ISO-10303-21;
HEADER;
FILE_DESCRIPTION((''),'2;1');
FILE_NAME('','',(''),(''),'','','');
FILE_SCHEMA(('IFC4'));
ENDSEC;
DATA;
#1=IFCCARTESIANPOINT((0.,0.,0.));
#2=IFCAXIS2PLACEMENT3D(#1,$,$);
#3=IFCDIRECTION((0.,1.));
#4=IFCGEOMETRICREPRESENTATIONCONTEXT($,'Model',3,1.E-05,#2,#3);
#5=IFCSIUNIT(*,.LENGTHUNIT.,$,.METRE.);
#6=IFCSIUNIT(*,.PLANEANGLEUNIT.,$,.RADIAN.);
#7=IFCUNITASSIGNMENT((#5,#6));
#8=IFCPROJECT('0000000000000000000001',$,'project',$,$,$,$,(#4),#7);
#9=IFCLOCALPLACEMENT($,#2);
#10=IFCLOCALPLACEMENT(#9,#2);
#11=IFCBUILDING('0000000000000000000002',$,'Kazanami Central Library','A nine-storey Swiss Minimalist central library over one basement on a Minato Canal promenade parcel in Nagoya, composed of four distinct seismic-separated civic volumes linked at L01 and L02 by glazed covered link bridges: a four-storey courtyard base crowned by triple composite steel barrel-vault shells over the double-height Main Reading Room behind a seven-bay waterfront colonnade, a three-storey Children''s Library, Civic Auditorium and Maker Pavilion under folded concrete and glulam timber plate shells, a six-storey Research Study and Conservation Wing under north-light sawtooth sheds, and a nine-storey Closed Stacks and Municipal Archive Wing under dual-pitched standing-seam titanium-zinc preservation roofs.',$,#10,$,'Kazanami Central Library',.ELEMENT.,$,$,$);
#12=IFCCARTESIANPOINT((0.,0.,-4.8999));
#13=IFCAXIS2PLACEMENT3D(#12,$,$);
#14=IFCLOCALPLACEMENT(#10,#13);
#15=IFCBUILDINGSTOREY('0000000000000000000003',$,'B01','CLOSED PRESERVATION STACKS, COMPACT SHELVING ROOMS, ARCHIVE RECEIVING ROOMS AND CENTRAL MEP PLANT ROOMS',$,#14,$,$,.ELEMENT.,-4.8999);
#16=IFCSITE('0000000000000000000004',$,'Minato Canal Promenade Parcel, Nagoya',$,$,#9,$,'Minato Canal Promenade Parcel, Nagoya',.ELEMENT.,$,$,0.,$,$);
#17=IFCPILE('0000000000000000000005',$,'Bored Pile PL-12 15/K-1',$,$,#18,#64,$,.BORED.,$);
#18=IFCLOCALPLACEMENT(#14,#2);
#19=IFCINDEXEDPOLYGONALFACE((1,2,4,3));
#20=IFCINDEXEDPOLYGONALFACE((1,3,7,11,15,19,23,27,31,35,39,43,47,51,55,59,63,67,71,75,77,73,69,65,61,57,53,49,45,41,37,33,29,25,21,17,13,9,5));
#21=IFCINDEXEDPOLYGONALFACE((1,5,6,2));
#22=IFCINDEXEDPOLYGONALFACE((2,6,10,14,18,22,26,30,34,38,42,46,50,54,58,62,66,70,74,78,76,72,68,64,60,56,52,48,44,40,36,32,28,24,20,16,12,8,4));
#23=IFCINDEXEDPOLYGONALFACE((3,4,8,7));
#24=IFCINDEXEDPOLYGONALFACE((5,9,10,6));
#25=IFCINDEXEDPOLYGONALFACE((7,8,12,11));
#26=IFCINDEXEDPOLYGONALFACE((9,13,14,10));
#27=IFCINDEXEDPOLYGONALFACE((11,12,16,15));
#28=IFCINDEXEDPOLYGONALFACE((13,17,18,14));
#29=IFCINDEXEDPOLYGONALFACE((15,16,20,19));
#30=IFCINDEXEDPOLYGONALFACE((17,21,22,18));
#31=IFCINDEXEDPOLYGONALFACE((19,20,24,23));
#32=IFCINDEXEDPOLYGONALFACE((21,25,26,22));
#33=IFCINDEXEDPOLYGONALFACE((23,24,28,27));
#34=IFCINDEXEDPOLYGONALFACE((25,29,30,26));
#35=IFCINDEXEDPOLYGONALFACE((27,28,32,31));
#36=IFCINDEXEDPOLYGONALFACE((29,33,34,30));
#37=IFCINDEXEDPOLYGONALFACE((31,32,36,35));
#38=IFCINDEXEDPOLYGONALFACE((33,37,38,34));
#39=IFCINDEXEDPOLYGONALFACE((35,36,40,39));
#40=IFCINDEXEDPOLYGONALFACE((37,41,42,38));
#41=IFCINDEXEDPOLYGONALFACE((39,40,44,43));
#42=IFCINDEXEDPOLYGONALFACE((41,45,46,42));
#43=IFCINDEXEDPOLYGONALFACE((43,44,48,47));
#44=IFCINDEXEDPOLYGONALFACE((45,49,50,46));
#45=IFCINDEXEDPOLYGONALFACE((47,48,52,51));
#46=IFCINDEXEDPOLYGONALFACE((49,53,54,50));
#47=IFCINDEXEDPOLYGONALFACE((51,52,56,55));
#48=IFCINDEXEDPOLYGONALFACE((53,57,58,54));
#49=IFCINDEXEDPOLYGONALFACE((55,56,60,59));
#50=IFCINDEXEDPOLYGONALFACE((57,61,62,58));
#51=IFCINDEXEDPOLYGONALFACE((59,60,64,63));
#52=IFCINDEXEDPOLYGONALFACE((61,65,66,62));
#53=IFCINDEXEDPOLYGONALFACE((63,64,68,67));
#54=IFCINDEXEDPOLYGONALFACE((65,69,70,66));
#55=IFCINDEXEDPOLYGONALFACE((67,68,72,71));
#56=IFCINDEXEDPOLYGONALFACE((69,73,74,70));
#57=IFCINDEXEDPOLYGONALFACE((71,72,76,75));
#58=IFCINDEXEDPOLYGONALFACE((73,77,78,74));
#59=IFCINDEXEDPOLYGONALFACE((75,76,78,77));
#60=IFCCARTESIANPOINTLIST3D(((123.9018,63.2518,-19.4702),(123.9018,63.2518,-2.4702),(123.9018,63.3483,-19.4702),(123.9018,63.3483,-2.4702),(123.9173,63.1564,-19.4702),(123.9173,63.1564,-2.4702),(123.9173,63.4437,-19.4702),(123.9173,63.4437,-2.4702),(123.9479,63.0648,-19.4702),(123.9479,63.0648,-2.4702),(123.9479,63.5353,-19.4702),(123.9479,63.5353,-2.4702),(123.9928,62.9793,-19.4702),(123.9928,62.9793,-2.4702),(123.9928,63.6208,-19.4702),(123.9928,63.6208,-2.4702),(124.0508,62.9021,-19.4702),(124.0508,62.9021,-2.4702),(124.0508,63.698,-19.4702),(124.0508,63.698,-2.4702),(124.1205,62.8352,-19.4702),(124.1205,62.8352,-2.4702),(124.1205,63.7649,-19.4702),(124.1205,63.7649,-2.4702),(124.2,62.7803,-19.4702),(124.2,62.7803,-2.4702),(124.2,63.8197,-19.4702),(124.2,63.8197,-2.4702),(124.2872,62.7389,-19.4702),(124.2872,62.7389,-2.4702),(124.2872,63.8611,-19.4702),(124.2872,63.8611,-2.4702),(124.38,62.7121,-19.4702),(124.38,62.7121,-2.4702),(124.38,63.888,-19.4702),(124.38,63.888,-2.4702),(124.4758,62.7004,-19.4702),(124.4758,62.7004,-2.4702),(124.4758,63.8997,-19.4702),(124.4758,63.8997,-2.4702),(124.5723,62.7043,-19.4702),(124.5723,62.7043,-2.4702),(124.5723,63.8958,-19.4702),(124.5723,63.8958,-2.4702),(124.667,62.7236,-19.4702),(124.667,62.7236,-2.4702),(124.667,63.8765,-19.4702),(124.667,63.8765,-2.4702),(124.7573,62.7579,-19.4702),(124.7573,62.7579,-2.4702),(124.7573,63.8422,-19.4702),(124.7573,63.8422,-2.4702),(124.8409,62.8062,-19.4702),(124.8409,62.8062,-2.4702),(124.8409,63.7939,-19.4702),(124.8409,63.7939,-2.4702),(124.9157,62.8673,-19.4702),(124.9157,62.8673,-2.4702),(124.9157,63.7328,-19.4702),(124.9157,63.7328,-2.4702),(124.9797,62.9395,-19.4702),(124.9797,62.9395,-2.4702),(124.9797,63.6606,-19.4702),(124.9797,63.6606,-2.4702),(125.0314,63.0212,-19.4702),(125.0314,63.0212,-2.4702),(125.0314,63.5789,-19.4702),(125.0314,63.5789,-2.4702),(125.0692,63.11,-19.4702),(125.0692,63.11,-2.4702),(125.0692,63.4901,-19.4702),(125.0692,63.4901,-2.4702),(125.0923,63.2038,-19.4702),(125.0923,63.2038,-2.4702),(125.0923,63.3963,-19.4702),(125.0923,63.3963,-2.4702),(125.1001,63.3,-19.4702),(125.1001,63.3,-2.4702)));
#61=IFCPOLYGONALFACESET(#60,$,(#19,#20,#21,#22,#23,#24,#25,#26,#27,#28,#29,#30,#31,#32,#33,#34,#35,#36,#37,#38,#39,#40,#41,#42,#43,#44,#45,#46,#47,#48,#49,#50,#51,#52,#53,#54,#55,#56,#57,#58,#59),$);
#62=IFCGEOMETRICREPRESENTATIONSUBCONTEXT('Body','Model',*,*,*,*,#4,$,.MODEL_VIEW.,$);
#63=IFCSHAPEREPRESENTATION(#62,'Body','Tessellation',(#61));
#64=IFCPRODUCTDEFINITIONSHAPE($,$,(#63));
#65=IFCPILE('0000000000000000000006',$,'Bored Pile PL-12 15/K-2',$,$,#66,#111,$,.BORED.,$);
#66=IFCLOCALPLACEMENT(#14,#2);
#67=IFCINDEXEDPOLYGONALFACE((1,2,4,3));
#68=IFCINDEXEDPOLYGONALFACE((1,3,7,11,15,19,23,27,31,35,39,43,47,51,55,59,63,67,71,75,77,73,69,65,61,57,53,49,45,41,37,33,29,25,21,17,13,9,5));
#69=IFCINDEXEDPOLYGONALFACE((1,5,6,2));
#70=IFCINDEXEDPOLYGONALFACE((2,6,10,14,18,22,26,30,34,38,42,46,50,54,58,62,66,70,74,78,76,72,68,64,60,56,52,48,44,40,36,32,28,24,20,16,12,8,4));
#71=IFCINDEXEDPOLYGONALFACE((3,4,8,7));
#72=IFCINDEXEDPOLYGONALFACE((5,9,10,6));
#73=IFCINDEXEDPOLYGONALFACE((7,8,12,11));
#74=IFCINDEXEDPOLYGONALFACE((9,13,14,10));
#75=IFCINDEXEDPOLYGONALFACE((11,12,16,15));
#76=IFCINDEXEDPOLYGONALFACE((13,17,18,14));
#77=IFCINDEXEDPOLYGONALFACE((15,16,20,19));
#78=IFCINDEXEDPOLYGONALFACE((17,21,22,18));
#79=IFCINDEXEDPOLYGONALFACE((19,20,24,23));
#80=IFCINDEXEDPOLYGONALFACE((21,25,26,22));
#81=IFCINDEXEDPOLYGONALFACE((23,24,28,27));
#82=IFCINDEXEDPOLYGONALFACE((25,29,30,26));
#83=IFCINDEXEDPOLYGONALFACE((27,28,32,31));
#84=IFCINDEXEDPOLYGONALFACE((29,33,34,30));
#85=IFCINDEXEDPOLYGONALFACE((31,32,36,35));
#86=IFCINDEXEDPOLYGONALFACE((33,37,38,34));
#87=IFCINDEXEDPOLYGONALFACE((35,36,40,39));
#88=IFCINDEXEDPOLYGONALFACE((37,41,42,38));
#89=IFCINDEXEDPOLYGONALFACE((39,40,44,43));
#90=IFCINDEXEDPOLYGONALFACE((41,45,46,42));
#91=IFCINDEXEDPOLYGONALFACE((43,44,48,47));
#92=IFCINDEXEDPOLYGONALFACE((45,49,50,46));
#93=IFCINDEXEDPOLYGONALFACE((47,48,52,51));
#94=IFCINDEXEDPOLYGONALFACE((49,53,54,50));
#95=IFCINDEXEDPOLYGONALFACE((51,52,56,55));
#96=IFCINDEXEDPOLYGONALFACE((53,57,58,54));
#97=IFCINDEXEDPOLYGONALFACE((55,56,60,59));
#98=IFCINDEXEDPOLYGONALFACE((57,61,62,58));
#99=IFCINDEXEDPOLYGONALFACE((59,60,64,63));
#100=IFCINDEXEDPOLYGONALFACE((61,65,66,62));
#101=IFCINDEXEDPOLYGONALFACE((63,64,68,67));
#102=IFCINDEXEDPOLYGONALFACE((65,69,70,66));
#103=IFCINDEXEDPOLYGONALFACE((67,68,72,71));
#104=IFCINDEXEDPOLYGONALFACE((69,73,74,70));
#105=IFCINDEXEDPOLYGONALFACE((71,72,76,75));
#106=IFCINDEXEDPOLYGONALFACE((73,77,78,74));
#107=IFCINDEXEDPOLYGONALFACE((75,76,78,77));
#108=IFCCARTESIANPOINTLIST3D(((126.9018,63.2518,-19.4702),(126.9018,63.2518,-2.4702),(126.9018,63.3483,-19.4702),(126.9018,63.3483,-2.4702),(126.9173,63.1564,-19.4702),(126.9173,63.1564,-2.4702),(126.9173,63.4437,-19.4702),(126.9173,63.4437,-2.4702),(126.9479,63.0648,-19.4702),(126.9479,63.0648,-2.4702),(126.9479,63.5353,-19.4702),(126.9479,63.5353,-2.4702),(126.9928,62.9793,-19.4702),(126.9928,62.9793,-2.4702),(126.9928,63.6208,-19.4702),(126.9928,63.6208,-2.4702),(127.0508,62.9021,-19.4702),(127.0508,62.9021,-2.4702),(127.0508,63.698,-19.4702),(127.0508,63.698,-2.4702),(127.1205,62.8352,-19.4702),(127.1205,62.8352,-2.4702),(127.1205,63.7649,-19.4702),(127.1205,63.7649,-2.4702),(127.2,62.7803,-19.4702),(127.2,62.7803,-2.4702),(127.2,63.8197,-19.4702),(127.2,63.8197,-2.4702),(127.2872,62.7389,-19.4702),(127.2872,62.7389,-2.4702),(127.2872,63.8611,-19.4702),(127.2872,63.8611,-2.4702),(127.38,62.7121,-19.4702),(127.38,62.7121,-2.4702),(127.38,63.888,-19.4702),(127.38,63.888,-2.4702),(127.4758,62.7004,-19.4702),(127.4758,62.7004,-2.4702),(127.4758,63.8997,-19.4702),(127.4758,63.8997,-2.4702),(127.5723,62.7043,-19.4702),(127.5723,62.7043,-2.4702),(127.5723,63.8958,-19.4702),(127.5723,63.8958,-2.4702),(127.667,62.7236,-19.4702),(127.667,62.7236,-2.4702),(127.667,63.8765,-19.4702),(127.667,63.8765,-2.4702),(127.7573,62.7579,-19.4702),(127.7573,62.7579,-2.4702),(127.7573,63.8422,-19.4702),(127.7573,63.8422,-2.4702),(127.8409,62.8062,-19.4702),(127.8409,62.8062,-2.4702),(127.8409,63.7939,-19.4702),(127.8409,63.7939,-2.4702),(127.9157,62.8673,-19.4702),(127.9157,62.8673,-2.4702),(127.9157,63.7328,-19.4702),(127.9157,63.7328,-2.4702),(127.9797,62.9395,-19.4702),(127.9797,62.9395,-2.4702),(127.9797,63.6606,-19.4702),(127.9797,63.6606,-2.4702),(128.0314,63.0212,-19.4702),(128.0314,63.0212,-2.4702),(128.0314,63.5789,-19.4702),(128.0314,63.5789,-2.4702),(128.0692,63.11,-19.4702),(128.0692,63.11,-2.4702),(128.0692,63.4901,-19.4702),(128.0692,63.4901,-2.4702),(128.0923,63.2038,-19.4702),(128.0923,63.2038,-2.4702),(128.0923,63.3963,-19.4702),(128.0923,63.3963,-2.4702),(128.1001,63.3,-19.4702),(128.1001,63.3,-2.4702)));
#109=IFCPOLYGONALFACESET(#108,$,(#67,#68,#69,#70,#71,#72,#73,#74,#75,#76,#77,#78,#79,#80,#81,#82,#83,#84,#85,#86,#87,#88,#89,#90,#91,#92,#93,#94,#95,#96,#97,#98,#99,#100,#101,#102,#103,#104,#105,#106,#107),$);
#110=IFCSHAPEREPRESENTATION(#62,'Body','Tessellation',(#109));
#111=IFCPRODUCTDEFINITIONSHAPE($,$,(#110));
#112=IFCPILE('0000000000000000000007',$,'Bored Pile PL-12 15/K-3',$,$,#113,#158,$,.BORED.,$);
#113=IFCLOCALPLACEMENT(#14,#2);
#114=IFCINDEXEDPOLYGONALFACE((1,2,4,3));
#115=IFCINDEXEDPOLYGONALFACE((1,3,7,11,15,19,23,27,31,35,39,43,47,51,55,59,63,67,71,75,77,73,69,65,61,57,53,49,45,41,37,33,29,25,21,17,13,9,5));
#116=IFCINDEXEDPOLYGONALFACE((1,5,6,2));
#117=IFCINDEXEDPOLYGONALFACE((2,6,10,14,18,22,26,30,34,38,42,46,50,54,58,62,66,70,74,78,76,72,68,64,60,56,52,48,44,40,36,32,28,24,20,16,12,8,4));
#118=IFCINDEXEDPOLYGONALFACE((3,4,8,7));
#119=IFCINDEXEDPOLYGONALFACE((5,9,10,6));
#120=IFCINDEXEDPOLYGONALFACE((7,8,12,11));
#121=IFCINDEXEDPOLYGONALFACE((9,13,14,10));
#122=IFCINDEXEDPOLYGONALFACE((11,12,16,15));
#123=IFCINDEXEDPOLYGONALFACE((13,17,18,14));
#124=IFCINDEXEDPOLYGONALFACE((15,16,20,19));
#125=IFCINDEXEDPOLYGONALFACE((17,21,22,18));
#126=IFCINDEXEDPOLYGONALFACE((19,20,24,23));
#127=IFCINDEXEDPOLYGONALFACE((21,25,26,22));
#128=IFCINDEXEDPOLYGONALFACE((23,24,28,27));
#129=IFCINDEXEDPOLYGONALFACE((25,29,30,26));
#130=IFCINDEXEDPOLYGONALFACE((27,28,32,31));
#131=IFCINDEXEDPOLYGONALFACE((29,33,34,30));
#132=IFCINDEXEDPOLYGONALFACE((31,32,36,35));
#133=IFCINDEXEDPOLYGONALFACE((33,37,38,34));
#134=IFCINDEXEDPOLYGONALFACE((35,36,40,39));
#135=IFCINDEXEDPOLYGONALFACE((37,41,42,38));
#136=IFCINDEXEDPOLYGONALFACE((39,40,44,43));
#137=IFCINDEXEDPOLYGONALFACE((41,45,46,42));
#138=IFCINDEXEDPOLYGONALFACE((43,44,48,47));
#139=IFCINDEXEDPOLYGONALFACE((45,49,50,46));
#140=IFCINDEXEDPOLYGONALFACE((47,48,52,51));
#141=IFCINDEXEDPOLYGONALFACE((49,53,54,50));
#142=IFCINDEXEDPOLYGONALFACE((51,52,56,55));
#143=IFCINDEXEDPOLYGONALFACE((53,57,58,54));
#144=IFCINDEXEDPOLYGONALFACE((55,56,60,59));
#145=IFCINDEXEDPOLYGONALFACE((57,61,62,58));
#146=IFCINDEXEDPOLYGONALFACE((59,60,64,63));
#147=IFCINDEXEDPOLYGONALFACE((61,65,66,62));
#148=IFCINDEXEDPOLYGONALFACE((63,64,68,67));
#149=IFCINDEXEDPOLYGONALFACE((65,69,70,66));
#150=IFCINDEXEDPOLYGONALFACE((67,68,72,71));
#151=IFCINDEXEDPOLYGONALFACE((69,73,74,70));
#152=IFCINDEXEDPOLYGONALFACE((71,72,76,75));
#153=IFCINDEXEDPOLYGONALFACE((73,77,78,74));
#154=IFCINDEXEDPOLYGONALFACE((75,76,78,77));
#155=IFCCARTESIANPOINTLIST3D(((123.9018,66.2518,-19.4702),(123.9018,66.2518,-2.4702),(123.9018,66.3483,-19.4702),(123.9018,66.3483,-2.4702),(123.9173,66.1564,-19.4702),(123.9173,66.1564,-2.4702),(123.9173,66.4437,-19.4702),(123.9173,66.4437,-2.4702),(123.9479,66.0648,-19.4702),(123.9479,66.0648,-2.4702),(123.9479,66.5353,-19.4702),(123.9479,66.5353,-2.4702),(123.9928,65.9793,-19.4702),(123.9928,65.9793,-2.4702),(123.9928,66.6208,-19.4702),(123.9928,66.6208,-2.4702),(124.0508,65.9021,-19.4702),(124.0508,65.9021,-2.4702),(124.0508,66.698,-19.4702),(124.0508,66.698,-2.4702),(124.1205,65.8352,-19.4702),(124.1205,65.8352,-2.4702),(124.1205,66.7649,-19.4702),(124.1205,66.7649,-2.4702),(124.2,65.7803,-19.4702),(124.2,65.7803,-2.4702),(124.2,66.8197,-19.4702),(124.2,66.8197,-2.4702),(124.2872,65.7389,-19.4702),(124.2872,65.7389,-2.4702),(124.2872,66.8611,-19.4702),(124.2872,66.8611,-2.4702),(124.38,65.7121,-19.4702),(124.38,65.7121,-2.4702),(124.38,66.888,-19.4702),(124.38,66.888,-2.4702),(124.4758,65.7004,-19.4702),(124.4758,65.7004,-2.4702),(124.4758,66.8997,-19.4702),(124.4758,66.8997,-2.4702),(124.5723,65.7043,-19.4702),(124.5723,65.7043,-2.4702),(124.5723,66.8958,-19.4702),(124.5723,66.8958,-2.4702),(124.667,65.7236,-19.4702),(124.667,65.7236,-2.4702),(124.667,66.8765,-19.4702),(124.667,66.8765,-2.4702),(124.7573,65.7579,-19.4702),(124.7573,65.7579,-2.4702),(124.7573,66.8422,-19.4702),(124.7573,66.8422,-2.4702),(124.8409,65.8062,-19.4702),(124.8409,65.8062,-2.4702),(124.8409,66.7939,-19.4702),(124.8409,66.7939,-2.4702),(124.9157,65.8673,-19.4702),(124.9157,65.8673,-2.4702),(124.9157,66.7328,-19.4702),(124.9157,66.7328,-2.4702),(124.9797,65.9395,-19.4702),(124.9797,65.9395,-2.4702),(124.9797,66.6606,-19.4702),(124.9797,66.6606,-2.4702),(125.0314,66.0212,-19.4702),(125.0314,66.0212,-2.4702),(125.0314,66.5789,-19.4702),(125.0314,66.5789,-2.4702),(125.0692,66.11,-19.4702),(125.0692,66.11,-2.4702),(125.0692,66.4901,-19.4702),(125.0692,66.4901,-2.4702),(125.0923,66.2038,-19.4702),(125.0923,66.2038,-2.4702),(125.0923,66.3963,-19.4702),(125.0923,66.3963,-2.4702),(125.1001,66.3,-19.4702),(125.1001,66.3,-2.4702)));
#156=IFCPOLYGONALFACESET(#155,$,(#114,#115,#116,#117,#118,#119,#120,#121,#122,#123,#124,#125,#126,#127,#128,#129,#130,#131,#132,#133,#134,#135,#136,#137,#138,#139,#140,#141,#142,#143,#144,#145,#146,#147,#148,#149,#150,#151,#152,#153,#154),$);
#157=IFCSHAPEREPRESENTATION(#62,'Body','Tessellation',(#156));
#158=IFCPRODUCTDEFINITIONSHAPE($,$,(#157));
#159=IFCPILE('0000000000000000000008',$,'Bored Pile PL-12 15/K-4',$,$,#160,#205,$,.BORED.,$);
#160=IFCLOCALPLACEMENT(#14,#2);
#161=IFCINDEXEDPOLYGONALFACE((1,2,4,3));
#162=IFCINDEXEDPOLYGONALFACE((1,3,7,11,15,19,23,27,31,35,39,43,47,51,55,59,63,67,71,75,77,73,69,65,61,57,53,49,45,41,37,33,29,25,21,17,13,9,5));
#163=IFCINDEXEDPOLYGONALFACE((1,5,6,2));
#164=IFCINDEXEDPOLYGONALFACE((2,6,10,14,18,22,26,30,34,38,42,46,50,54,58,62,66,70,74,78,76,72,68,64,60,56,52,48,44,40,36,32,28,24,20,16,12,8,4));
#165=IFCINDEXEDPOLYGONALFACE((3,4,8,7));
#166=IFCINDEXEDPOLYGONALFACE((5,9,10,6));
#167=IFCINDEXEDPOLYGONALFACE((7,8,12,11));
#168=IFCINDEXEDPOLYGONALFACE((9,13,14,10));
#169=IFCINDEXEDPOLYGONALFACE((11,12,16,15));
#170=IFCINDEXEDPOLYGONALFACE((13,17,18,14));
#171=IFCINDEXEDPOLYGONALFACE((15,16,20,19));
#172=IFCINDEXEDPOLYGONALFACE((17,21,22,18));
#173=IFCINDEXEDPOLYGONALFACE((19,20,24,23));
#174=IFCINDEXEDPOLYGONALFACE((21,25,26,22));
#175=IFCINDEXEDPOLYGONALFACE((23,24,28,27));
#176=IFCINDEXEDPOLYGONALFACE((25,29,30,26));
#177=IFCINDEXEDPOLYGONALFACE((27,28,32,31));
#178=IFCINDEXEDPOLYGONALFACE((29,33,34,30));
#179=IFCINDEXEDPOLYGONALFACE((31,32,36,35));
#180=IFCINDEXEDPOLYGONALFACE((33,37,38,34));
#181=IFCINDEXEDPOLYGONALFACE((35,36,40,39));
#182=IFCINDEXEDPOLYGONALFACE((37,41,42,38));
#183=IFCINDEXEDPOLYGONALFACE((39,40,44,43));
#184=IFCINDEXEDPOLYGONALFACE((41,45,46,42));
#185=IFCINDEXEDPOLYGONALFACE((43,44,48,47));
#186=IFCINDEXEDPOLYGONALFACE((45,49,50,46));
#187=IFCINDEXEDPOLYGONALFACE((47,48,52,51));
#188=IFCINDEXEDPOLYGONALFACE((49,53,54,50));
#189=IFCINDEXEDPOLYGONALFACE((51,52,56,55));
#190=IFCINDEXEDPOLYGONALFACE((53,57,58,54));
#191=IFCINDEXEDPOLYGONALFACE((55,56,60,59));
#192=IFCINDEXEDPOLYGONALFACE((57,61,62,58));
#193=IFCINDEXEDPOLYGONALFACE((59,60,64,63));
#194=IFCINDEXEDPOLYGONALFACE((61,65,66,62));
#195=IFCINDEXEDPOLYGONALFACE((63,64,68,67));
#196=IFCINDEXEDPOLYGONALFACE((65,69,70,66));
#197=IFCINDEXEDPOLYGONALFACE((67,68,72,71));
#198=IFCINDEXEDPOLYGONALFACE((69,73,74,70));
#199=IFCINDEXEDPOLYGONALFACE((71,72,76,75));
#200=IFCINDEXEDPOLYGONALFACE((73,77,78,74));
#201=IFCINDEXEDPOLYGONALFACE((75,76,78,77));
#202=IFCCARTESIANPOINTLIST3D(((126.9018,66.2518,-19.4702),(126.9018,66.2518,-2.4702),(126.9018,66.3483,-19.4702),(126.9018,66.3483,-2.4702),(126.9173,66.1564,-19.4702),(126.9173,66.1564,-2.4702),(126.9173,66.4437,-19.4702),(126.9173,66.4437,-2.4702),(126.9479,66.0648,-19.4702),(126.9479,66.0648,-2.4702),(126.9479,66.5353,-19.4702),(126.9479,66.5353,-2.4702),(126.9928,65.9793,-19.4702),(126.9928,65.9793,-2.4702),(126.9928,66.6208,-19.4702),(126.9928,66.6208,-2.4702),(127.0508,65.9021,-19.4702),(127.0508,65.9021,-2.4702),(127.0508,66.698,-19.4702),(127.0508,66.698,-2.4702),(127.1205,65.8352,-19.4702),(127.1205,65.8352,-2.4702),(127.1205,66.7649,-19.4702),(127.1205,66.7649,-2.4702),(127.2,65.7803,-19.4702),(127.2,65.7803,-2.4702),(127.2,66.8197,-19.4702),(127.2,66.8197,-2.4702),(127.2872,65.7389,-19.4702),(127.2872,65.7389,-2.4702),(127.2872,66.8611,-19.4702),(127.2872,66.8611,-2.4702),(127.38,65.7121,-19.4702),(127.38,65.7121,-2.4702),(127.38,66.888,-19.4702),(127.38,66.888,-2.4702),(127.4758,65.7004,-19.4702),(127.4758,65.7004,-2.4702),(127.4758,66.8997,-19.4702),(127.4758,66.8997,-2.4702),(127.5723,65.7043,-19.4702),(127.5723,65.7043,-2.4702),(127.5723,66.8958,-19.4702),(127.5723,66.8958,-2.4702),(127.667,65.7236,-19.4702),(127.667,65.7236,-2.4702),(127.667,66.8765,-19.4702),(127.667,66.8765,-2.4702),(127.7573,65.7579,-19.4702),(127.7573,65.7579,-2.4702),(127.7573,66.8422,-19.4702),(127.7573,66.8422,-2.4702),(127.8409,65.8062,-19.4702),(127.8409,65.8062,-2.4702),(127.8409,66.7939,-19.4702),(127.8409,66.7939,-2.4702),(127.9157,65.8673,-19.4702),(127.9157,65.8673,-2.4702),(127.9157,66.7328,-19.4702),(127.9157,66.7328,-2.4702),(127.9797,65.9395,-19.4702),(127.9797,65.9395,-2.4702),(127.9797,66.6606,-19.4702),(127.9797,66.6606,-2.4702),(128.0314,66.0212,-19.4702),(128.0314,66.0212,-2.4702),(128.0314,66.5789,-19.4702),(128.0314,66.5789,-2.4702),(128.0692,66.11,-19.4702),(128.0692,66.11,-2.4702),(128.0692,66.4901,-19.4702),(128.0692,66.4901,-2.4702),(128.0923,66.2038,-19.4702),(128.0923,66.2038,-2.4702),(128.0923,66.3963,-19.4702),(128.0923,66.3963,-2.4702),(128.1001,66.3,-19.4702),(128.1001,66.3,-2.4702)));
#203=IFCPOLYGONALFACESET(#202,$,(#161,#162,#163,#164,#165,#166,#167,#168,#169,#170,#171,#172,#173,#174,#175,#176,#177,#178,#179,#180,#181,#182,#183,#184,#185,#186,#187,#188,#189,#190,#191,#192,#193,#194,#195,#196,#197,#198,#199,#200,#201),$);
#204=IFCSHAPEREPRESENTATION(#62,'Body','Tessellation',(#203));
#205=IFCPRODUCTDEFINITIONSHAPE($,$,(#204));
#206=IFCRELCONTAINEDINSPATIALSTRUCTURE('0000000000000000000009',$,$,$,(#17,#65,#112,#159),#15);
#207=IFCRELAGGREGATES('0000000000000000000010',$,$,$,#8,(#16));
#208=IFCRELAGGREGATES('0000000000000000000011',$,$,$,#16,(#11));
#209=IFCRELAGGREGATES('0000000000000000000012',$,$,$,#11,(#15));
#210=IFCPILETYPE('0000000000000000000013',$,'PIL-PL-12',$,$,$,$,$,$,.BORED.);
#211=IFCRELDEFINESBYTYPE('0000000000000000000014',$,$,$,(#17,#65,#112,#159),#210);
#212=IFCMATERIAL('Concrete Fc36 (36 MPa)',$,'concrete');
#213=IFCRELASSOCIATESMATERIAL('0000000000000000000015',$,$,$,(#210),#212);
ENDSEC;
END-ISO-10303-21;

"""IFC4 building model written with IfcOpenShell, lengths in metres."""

from ifc_helpers import new_model, si_unit, direction, frame, origin, origin_2d, place, context, subcontext, project, spatial, circle, extrude, material, material_profile, profile_set, type_object, element, save


model = new_model("IFC4")

# Units and contexts
model_context = context("Model", 3, precision=1e-05, world=origin(), true_north=direction((0.0, 1.0)))
body_context = subcontext(model_context, "Body", "Model", "MODEL_VIEW")
ifc_project = project(units=[si_unit("LENGTHUNIT", "METRE"), si_unit("PLANEANGLEUNIT", "RADIAN")], contexts=[model_context])

# Site, building, storey
site_placement = place(None, origin())
site = spatial("IfcSite", under=ifc_project, at=site_placement, Name="Minato Canal Promenade Parcel, Nagoya", LongName="Minato Canal Promenade Parcel, Nagoya", CompositionType="ELEMENT", RefElevation=0.0)
building_placement = place(site_placement, origin())
building = spatial("IfcBuilding", under=site, at=building_placement, Name="Kazanami Central Library", Description="A nine-storey Swiss Minimalist central library over one basement on a Minato Canal promenade parcel in Nagoya, composed of four distinct seismic-separated civic volumes linked at L01 and L02 by glazed covered link bridges: a four-storey courtyard base crowned by triple composite steel barrel-vault shells over the double-height Main Reading Room behind a seven-bay waterfront colonnade, a three-storey Children's Library, Civic Auditorium and Maker Pavilion under folded concrete and glulam timber plate shells, a six-storey Research Study and Conservation Wing under north-light sawtooth sheds, and a nine-storey Closed Stacks and Municipal Archive Wing under dual-pitched standing-seam titanium-zinc preservation roofs.", LongName="Kazanami Central Library", CompositionType="ELEMENT")
storey_placement = place(building_placement, frame((0.0, 0.0, -4.8999)))
storey = spatial("IfcBuildingStorey", under=building, at=storey_placement, Name="B01", Description="CLOSED PRESERVATION STACKS, COMPACT SHELVING ROOMS, ARCHIVE RECEIVING ROOMS AND CENTRAL MEP PLANT ROOMS", CompositionType="ELEMENT", Elevation=-4.8999)

# Shared definitions
ifc_material_1 = material(Name="Concrete Fc36 (36 MPa)", Category="concrete")

# Piles
ifc_material_profile_1 = material_profile(ifc_material_1, circle(Radius=0.6001, at=origin_2d()), Name="BORED-D1200")
ifc_profile_set_1 = profile_set([ifc_material_profile_1], Name="Concrete Fc36 (36 MPa)")
pile_type = type_object("IfcPileType", Name="PIL-PL-12", PredefinedType="BORED", material=ifc_profile_set_1)
for number, where, z_axis, x_axis, name in (
    (1, (124.5, 63.3, -2.4702), (0.0, 0.0, -1.0), (1.0, 0.0, 0.0), "Bored Pile PL-12 15/K-1"),
    (2, (127.5, 63.3, -2.4702), (0.0, 0.0, -1.0), (1.0, 0.0, 0.0), "Bored Pile PL-12 15/K-2"),
    (3, (124.5, 66.3, -2.4702), (0.0, 0.0, -1.0), (1.0, 0.0, 0.0), "Bored Pile PL-12 15/K-3"),
    (4, (127.5, 66.3, -2.4702), (0.0, 0.0, -1.0), (1.0, 0.0, 0.0), "Bored Pile PL-12 15/K-4"),
):
    element("IfcPile", number, at=place(storey_placement, frame(where, z_axis=z_axis, x_axis=x_axis)), inside=storey, type_object=pile_type, Name=name, PredefinedType="BORED", context=body_context, shape_type="SweptSolid", body=[
        extrude(circle(Radius=0.6001, at=origin_2d()), origin(), (0.0, 0.0, 1.0), 17.0),
    ])

save(model, "model.ifc")
